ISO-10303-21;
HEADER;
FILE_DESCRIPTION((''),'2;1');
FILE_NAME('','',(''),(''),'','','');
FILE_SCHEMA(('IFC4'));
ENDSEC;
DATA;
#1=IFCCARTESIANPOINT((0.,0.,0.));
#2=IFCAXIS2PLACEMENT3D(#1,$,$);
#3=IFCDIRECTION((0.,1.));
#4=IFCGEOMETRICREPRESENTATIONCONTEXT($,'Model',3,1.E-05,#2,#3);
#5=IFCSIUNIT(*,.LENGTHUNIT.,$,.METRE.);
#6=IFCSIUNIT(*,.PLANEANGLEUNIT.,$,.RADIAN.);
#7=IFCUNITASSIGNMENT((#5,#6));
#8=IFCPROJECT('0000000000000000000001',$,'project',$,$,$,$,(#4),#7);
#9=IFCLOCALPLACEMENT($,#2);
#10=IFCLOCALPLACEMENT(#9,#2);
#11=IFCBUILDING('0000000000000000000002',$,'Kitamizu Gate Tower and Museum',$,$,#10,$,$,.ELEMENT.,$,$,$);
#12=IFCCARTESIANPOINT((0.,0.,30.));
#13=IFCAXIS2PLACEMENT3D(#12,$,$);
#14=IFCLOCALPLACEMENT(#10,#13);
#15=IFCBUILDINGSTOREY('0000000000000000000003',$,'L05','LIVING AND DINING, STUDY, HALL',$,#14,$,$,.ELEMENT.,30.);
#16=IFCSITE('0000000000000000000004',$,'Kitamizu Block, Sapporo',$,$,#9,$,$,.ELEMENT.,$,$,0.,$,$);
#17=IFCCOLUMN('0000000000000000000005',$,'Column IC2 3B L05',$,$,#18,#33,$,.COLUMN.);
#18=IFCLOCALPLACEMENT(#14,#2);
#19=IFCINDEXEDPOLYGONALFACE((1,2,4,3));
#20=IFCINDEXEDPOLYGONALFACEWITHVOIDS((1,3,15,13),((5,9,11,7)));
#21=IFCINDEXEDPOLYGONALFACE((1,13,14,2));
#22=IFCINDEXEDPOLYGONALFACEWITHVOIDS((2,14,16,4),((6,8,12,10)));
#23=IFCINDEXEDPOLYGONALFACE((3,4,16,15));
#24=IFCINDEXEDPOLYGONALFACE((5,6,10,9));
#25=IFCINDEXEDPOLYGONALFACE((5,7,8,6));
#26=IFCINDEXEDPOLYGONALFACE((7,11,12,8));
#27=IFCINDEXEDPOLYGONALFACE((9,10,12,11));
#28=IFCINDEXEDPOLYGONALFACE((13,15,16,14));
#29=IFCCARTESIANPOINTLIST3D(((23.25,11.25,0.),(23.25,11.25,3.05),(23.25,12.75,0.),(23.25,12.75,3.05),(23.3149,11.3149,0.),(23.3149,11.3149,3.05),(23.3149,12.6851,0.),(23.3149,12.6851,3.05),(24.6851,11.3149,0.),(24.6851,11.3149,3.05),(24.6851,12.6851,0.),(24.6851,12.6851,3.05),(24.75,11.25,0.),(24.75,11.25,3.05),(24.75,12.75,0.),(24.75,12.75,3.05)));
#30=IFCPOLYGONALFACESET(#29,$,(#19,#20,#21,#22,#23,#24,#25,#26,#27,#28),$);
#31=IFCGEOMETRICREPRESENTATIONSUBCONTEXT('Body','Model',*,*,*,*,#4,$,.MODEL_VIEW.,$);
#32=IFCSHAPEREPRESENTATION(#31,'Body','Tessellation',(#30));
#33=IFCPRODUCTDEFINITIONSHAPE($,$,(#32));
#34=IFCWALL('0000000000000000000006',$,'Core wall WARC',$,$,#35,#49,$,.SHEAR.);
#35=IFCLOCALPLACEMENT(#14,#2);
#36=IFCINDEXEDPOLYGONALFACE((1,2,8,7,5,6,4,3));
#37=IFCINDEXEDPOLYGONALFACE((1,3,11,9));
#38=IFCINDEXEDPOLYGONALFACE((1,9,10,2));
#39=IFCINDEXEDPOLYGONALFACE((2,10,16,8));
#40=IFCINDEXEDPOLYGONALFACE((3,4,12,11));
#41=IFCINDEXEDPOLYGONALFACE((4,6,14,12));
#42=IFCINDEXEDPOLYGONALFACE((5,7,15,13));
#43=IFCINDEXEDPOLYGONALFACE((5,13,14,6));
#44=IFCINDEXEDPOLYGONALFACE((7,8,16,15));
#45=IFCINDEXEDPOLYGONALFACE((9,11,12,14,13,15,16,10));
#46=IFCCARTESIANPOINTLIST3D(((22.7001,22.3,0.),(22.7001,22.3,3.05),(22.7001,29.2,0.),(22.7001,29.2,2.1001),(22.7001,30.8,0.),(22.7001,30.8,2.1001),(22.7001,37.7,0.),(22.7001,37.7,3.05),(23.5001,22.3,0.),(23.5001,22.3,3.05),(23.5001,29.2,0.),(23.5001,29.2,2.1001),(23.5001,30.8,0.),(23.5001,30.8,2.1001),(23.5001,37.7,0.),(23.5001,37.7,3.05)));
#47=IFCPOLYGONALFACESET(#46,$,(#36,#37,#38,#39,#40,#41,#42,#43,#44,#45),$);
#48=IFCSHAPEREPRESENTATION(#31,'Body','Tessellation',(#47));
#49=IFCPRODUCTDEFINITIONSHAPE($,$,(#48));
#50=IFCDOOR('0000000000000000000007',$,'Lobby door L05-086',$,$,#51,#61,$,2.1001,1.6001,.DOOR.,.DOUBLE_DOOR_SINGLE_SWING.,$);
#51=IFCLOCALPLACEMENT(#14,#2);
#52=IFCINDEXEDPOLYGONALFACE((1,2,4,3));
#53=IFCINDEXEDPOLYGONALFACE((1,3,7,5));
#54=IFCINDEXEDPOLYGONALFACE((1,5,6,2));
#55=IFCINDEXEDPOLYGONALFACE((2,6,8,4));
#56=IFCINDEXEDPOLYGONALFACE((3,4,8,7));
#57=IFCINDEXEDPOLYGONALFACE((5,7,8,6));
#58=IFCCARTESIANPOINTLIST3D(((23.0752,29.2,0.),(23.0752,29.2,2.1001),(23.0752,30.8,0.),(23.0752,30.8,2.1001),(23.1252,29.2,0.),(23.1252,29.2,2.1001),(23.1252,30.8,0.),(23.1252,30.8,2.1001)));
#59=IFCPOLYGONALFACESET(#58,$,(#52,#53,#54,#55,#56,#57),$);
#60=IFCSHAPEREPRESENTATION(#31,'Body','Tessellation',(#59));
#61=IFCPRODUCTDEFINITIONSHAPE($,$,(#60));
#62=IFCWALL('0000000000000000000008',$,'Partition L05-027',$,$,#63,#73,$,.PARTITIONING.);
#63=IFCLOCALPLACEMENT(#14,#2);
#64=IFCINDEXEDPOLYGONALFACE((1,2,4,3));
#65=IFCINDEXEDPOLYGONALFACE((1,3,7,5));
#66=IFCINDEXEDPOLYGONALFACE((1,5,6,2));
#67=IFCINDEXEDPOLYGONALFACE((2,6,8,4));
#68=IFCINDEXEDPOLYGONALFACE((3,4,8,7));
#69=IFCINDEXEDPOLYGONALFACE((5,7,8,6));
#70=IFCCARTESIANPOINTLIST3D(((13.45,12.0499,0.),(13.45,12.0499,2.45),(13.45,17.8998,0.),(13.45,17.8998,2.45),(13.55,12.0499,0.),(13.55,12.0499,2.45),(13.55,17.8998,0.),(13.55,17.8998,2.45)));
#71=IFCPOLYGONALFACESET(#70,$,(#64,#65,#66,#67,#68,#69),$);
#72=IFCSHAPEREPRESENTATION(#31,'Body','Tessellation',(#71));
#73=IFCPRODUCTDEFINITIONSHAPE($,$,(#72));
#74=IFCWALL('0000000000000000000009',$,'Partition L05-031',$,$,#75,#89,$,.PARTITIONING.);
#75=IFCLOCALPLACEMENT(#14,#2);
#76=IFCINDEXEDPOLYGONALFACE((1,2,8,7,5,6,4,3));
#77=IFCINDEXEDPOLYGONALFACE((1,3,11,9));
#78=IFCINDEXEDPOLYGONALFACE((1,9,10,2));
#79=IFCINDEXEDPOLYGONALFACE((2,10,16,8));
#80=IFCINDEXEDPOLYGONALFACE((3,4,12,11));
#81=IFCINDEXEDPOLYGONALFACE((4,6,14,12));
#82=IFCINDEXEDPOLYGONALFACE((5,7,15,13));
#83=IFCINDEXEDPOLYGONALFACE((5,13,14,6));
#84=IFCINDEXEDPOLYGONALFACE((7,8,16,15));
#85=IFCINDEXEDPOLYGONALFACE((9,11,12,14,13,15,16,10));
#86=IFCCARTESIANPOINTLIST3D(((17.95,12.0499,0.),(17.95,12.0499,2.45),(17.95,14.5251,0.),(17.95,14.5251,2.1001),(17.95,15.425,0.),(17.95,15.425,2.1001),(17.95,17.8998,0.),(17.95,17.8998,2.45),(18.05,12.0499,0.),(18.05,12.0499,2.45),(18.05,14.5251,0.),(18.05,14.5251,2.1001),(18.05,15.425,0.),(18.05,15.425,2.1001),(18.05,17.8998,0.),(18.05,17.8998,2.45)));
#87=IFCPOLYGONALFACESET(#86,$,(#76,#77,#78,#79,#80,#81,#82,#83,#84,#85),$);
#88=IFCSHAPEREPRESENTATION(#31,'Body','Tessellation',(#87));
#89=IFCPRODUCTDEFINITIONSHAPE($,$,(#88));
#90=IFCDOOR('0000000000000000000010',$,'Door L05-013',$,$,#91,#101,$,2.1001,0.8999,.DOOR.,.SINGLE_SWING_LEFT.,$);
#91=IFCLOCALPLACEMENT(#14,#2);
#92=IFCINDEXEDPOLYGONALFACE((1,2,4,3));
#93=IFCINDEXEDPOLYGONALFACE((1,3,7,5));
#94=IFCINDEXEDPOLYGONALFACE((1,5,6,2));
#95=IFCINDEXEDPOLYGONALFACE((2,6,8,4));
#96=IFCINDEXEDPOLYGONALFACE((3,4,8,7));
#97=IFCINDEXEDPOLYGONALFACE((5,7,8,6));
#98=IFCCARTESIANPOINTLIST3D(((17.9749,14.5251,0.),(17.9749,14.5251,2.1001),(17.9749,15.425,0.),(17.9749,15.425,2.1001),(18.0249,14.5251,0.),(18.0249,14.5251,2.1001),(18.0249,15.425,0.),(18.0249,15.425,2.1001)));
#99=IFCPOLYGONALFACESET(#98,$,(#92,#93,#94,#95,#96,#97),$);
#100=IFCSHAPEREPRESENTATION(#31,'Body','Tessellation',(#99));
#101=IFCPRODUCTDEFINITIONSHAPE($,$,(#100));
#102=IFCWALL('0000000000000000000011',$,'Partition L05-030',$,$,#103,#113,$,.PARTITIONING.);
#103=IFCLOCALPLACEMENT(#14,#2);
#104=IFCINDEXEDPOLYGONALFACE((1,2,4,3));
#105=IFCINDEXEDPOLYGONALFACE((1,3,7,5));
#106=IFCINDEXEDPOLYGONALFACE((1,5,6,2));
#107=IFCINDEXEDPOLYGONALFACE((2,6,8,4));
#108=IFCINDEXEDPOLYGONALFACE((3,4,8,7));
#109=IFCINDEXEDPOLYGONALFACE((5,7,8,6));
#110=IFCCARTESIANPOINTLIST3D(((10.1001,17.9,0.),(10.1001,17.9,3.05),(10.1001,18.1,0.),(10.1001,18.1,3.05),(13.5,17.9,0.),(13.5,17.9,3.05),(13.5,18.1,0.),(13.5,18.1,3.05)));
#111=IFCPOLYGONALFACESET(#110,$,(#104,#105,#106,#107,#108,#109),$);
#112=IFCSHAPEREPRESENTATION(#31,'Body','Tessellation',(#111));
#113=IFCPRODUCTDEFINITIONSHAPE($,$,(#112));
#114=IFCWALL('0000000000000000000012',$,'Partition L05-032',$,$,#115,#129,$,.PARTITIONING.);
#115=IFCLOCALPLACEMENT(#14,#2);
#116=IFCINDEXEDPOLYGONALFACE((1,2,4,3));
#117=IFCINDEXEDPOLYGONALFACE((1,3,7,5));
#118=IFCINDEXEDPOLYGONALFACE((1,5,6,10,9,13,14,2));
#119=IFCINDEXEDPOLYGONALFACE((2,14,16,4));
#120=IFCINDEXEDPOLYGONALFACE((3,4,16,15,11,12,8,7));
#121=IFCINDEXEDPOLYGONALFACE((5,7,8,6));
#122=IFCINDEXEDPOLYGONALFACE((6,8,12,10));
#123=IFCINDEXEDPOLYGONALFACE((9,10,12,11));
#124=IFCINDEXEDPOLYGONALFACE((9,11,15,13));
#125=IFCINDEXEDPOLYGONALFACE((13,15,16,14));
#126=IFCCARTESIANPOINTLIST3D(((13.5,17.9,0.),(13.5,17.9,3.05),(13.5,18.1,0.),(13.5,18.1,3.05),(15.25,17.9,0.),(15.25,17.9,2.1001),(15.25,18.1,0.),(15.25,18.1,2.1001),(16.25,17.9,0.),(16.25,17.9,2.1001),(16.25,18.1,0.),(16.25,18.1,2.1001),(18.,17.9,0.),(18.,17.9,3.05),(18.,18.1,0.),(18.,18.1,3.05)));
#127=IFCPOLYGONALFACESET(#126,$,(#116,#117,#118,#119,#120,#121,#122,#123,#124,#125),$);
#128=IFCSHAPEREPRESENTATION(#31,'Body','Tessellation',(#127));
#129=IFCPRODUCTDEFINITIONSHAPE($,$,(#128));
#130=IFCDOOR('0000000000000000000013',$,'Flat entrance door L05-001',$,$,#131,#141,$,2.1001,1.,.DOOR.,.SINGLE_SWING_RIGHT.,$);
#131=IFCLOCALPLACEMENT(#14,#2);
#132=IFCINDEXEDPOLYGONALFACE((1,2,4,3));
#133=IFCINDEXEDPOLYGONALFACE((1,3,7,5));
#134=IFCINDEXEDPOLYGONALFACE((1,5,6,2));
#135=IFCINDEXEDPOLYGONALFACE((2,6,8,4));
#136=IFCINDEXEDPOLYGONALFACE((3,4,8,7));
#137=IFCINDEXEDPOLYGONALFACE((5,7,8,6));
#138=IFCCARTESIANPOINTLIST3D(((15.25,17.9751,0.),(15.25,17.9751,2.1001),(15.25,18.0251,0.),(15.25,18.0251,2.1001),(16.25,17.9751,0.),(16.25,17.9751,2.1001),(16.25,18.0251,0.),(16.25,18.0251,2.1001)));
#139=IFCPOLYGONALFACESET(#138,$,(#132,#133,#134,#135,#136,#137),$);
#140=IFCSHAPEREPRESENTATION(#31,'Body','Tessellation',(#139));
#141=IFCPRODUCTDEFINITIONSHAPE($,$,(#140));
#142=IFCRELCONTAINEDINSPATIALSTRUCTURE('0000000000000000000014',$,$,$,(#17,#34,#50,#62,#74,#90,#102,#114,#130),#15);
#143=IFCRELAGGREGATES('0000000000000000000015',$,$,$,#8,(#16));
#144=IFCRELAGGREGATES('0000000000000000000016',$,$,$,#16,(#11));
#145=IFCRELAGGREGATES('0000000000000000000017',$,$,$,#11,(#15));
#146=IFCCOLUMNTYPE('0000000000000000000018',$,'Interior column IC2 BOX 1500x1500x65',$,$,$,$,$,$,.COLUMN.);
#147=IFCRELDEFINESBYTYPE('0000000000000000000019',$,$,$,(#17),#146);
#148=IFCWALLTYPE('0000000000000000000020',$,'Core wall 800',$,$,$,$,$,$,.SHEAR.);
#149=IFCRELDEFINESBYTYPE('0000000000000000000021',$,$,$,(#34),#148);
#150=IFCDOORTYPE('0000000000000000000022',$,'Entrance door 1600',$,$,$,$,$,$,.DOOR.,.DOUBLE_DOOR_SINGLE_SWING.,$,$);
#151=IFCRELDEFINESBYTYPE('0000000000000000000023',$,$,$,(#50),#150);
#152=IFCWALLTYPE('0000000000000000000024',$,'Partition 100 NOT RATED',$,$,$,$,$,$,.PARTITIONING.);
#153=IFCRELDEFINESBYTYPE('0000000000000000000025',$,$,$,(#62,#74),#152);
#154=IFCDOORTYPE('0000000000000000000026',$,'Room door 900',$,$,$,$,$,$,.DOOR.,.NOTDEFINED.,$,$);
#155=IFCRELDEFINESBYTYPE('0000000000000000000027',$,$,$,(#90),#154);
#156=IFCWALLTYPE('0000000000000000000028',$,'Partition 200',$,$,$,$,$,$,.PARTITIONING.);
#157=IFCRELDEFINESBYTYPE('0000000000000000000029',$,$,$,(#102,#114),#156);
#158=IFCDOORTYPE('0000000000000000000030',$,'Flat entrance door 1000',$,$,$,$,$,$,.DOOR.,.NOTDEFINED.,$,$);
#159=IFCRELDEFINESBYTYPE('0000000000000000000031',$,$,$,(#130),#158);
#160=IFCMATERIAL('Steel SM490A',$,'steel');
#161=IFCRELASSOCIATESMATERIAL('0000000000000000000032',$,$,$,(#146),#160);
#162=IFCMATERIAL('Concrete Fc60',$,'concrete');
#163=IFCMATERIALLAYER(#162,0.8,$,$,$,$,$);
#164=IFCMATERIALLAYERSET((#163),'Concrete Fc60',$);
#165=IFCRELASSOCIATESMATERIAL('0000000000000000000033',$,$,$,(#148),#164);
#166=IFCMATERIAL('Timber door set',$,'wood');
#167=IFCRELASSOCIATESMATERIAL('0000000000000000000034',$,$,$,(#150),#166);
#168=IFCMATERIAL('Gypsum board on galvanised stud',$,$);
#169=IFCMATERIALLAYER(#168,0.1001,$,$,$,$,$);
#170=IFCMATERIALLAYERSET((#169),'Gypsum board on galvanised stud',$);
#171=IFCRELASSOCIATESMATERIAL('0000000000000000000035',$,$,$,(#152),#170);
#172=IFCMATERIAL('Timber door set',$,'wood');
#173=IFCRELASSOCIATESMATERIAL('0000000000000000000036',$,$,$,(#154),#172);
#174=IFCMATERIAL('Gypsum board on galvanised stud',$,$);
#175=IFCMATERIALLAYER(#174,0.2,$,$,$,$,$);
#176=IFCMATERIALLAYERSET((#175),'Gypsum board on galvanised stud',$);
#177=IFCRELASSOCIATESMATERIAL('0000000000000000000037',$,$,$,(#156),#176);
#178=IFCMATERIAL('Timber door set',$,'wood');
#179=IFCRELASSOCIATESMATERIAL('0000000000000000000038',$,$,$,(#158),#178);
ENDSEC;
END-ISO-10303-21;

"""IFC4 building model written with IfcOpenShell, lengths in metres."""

from ifc_helpers import new_model, si_unit, direction, frame, frame_2d, origin, origin_2d, place, context, subcontext, project, spatial, rectangle, hollow_rectangle, extrude, material, layer, layer_set, material_profile, profile_set, type_object, element, fill, save


model = new_model("IFC4")

# Units and contexts
model_context = context("Model", 3, precision=1e-05, world=origin(), true_north=direction((0.0, 1.0)))
body_context = subcontext(model_context, "Body", "Model", "MODEL_VIEW")
ifc_project = project(units=[si_unit("LENGTHUNIT", "METRE"), si_unit("PLANEANGLEUNIT", "RADIAN")], contexts=[model_context])

# Site, building, storey
site_placement = place(None, origin())
site = spatial("IfcSite", under=ifc_project, at=site_placement, Name="Kitamizu Block, Sapporo", CompositionType="ELEMENT", RefElevation=0.0)
building_placement = place(site_placement, origin())
building = spatial("IfcBuilding", under=site, at=building_placement, Name="Kitamizu Gate Tower and Museum", CompositionType="ELEMENT")
storey_placement = place(building_placement, frame((0.0, 0.0, 30.0)))
storey = spatial("IfcBuildingStorey", under=building, at=storey_placement, Name="L05", Description="LIVING AND DINING, STUDY, HALL", CompositionType="ELEMENT", Elevation=30.0)

# Column
ifc_material_1 = material(Name="Steel SM490A", Category="steel")
ifc_material_profile = material_profile(ifc_material_1, hollow_rectangle(XDim=1.5, YDim=1.5, WallThickness=0.0649, at=origin_2d()), Name="BOX 1500x1500x65")
ifc_profile_set = profile_set([ifc_material_profile], Name="Steel SM490A")
column_type = type_object("IfcColumnType", Name="Interior column IC2 BOX 1500x1500x65", PredefinedType="COLUMN", material=ifc_profile_set)
column_placement = place(storey_placement, frame((24.0, 12.0, 0.0), z_axis=(0.0, 0.0, 1.0), x_axis=(1.0, 0.0, 0.0)))
element("IfcColumn", 1, at=column_placement, inside=storey, type_object=column_type, Name="Column IC2 3B L05", PredefinedType="COLUMN", context=body_context, shape_type="SweptSolid", body=[
    extrude(hollow_rectangle(XDim=1.5, YDim=1.5, WallThickness=0.0649, at=origin_2d()), origin(), (0.0, 0.0, 1.0), 3.05),
])

# Wall, opening, door
ifc_material_2 = material(Name="Concrete Fc60", Category="concrete")
ifc_layer_1 = layer(ifc_material_2, 0.8)
ifc_layer_set_1 = layer_set([ifc_layer_1], Name="Concrete Fc60")
wall_type_1 = type_object("IfcWallType", Name="Core wall 800", PredefinedType="SHEAR", material=ifc_layer_set_1)
wall_1_placement = place(storey_placement, frame((23.1001, 22.3, 0.0), z_axis=(0.0, 0.0, 1.0), x_axis=(0.0, 1.0, 0.0)))
wall_1 = element("IfcWall", 2, at=wall_1_placement, inside=storey, type_object=wall_type_1, Name="Core wall WARC", PredefinedType="SHEAR", context=body_context, shape_type="SweptSolid", body=[
    extrude(rectangle(XDim=15.3999, YDim=0.8, at=frame_2d((7.7, 0.0))), origin(), (0.0, 0.0, 1.0), 3.05),
])
opening_1_placement = place(wall_1_placement, frame((6.8999, 0.0, 0.0)))
opening_1 = element("IfcOpeningElement", 3, at=opening_1_placement, cuts=wall_1, PredefinedType="OPENING", context=body_context, shape_type="SweptSolid", body=[
    extrude(rectangle(XDim=1.6001, YDim=2.1001, at=frame_2d((0.8, 1.05))), frame((0.0, 0.4102, 0.0), z_axis=(0.0, -1.0, 0.0), x_axis=(1.0, 0.0, 0.0)), (0.0, 0.0, 1.0), 0.8201),
])
ifc_material_3 = material(Name="Timber door set", Category="wood")
door_type_1 = type_object("IfcDoorType", Name="Entrance door 1600", OperationType="DOUBLE_DOOR_SINGLE_SWING", PredefinedType="DOOR", material=ifc_material_3)
door_1_placement = place(opening_1_placement, origin())
door_1 = element("IfcDoor", 4, at=door_1_placement, inside=storey, type_object=door_type_1, Name="Lobby door L05-086", OperationType="DOUBLE_DOOR_SINGLE_SWING", OverallHeight=2.1001, OverallWidth=1.6001, PredefinedType="DOOR", context=body_context, shape_type="SweptSolid", body=[
    extrude(rectangle(XDim=1.6001, YDim=2.1001, at=frame_2d((0.8, 1.05))), frame((0.0, 0.0249, 0.0), z_axis=(0.0, -1.0, 0.0), x_axis=(1.0, 0.0, 0.0)), (0.0, 0.0, 1.0), 0.05),
])
fill(opening_1, door_1)

# Wall
ifc_material_4 = material(Name="Gypsum board on galvanised stud")
ifc_layer_2 = layer(ifc_material_4, 0.1001)
ifc_layer_set_2 = layer_set([ifc_layer_2], Name="Gypsum board on galvanised stud")
wall_type_2 = type_object("IfcWallType", Name="Partition 100 NOT RATED", PredefinedType="PARTITIONING", material=ifc_layer_set_2)
wall_2_placement = place(storey_placement, frame((13.5, 12.05, 0.0), z_axis=(0.0, 0.0, 1.0), x_axis=(0.0, 1.0, 0.0)))
element("IfcWall", 5, at=wall_2_placement, inside=storey, type_object=wall_type_2, Name="Partition L05-027", PredefinedType="PARTITIONING", context=body_context, shape_type="SweptSolid", body=[
    extrude(rectangle(XDim=5.8499, YDim=0.1001, at=frame_2d((2.9248, 0.0))), origin(), (0.0, 0.0, 1.0), 2.45),
])

# Wall, opening, door
wall_3_placement = place(storey_placement, frame((18.0, 12.05, 0.0), z_axis=(0.0, 0.0, 1.0), x_axis=(0.0, 1.0, 0.0)))
wall_3 = element("IfcWall", 6, at=wall_3_placement, inside=storey, type_object=wall_type_2, Name="Partition L05-031", PredefinedType="PARTITIONING", context=body_context, shape_type="SweptSolid", body=[
    extrude(rectangle(XDim=5.8499, YDim=0.1001, at=frame_2d((2.9248, 0.0))), origin(), (0.0, 0.0, 1.0), 2.45),
])
opening_2_placement = place(wall_3_placement, frame((2.4751, 0.0, 0.0)))
opening_2 = element("IfcOpeningElement", 7, at=opening_2_placement, cuts=wall_3, PredefinedType="OPENING", context=body_context, shape_type="SweptSolid", body=[
    extrude(rectangle(XDim=0.8999, YDim=2.1001, at=frame_2d((0.45, 1.05))), frame((0.0, 0.0601, 0.0), z_axis=(0.0, -1.0, 0.0), x_axis=(1.0, 0.0, 0.0)), (0.0, 0.0, 1.0), 0.1201),
])
ifc_material_5 = material(Name="Timber door set", Category="wood")
door_type_2 = type_object("IfcDoorType", Name="Room door 900", OperationType="NOTDEFINED", PredefinedType="DOOR", material=ifc_material_5)
door_2_placement = place(opening_2_placement, frame((0.8999, 0.0, 0.0), x_axis=(-1.0, 0.0, 0.0)))
door_2 = element("IfcDoor", 8, at=door_2_placement, inside=storey, type_object=door_type_2, Name="Door L05-013", OperationType="SINGLE_SWING_LEFT", OverallHeight=2.1001, OverallWidth=0.8999, PredefinedType="DOOR", context=body_context, shape_type="SweptSolid", body=[
    extrude(rectangle(XDim=0.8999, YDim=2.1001, at=frame_2d((0.45, 1.05))), frame((0.0, 0.0249, 0.0), z_axis=(0.0, -1.0, 0.0), x_axis=(1.0, 0.0, 0.0)), (0.0, 0.0, 1.0), 0.05),
])
fill(opening_2, door_2)

# Wall
ifc_material_6 = material(Name="Gypsum board on galvanised stud")
ifc_layer_3 = layer(ifc_material_6, 0.2)
ifc_layer_set_3 = layer_set([ifc_layer_3], Name="Gypsum board on galvanised stud")
wall_type_3 = type_object("IfcWallType", Name="Partition 200", PredefinedType="PARTITIONING", material=ifc_layer_set_3)
wall_4_placement = place(storey_placement, frame((13.5, 18.0, 0.0), z_axis=(0.0, 0.0, 1.0), x_axis=(-1.0, 0.0, 0.0)))
element("IfcWall", 9, at=wall_4_placement, inside=storey, type_object=wall_type_3, Name="Partition L05-030", PredefinedType="PARTITIONING", context=body_context, shape_type="SweptSolid", body=[
    extrude(rectangle(XDim=3.3999, YDim=0.2, at=frame_2d((1.7, 0.0))), origin(), (0.0, 0.0, 1.0), 3.05),
])

# Wall, opening, door
wall_5_placement = place(storey_placement, frame((18.0, 18.0, 0.0), z_axis=(0.0, 0.0, 1.0), x_axis=(-1.0, 0.0, 0.0)))
wall_5 = element("IfcWall", 10, at=wall_5_placement, inside=storey, type_object=wall_type_3, Name="Partition L05-032", PredefinedType="PARTITIONING", context=body_context, shape_type="SweptSolid", body=[
    extrude(rectangle(XDim=4.5, YDim=0.2, at=frame_2d((2.25, 0.0))), origin(), (0.0, 0.0, 1.0), 3.05),
])
opening_3_placement = place(wall_5_placement, frame((1.75, 0.0, 0.0)))
opening_3 = element("IfcOpeningElement", 11, at=opening_3_placement, cuts=wall_5, PredefinedType="OPENING", context=body_context, shape_type="SweptSolid", body=[
    extrude(rectangle(XDim=1.0, YDim=2.1001, at=frame_2d((0.5, 1.05))), frame((0.0, 0.1099, 0.0), z_axis=(0.0, -1.0, 0.0), x_axis=(1.0, 0.0, 0.0)), (0.0, 0.0, 1.0), 0.22),
])
ifc_material_7 = material(Name="Timber door set", Category="wood")
door_type_3 = type_object("IfcDoorType", Name="Flat entrance door 1000", OperationType="NOTDEFINED", PredefinedType="DOOR", material=ifc_material_7)
door_3_placement = place(opening_3_placement, origin())
door_3 = element("IfcDoor", 12, at=door_3_placement, inside=storey, type_object=door_type_3, Name="Flat entrance door L05-001", OperationType="SINGLE_SWING_RIGHT", OverallHeight=2.1001, OverallWidth=1.0, PredefinedType="DOOR", context=body_context, shape_type="SweptSolid", body=[
    extrude(rectangle(XDim=1.0, YDim=2.1001, at=frame_2d((0.5, 1.05))), frame((0.0, 0.0249, 0.0), z_axis=(0.0, -1.0, 0.0), x_axis=(1.0, 0.0, 0.0)), (0.0, 0.0, 1.0), 0.05),
])
fill(opening_3, door_3)

save(model, "model.ifc")
